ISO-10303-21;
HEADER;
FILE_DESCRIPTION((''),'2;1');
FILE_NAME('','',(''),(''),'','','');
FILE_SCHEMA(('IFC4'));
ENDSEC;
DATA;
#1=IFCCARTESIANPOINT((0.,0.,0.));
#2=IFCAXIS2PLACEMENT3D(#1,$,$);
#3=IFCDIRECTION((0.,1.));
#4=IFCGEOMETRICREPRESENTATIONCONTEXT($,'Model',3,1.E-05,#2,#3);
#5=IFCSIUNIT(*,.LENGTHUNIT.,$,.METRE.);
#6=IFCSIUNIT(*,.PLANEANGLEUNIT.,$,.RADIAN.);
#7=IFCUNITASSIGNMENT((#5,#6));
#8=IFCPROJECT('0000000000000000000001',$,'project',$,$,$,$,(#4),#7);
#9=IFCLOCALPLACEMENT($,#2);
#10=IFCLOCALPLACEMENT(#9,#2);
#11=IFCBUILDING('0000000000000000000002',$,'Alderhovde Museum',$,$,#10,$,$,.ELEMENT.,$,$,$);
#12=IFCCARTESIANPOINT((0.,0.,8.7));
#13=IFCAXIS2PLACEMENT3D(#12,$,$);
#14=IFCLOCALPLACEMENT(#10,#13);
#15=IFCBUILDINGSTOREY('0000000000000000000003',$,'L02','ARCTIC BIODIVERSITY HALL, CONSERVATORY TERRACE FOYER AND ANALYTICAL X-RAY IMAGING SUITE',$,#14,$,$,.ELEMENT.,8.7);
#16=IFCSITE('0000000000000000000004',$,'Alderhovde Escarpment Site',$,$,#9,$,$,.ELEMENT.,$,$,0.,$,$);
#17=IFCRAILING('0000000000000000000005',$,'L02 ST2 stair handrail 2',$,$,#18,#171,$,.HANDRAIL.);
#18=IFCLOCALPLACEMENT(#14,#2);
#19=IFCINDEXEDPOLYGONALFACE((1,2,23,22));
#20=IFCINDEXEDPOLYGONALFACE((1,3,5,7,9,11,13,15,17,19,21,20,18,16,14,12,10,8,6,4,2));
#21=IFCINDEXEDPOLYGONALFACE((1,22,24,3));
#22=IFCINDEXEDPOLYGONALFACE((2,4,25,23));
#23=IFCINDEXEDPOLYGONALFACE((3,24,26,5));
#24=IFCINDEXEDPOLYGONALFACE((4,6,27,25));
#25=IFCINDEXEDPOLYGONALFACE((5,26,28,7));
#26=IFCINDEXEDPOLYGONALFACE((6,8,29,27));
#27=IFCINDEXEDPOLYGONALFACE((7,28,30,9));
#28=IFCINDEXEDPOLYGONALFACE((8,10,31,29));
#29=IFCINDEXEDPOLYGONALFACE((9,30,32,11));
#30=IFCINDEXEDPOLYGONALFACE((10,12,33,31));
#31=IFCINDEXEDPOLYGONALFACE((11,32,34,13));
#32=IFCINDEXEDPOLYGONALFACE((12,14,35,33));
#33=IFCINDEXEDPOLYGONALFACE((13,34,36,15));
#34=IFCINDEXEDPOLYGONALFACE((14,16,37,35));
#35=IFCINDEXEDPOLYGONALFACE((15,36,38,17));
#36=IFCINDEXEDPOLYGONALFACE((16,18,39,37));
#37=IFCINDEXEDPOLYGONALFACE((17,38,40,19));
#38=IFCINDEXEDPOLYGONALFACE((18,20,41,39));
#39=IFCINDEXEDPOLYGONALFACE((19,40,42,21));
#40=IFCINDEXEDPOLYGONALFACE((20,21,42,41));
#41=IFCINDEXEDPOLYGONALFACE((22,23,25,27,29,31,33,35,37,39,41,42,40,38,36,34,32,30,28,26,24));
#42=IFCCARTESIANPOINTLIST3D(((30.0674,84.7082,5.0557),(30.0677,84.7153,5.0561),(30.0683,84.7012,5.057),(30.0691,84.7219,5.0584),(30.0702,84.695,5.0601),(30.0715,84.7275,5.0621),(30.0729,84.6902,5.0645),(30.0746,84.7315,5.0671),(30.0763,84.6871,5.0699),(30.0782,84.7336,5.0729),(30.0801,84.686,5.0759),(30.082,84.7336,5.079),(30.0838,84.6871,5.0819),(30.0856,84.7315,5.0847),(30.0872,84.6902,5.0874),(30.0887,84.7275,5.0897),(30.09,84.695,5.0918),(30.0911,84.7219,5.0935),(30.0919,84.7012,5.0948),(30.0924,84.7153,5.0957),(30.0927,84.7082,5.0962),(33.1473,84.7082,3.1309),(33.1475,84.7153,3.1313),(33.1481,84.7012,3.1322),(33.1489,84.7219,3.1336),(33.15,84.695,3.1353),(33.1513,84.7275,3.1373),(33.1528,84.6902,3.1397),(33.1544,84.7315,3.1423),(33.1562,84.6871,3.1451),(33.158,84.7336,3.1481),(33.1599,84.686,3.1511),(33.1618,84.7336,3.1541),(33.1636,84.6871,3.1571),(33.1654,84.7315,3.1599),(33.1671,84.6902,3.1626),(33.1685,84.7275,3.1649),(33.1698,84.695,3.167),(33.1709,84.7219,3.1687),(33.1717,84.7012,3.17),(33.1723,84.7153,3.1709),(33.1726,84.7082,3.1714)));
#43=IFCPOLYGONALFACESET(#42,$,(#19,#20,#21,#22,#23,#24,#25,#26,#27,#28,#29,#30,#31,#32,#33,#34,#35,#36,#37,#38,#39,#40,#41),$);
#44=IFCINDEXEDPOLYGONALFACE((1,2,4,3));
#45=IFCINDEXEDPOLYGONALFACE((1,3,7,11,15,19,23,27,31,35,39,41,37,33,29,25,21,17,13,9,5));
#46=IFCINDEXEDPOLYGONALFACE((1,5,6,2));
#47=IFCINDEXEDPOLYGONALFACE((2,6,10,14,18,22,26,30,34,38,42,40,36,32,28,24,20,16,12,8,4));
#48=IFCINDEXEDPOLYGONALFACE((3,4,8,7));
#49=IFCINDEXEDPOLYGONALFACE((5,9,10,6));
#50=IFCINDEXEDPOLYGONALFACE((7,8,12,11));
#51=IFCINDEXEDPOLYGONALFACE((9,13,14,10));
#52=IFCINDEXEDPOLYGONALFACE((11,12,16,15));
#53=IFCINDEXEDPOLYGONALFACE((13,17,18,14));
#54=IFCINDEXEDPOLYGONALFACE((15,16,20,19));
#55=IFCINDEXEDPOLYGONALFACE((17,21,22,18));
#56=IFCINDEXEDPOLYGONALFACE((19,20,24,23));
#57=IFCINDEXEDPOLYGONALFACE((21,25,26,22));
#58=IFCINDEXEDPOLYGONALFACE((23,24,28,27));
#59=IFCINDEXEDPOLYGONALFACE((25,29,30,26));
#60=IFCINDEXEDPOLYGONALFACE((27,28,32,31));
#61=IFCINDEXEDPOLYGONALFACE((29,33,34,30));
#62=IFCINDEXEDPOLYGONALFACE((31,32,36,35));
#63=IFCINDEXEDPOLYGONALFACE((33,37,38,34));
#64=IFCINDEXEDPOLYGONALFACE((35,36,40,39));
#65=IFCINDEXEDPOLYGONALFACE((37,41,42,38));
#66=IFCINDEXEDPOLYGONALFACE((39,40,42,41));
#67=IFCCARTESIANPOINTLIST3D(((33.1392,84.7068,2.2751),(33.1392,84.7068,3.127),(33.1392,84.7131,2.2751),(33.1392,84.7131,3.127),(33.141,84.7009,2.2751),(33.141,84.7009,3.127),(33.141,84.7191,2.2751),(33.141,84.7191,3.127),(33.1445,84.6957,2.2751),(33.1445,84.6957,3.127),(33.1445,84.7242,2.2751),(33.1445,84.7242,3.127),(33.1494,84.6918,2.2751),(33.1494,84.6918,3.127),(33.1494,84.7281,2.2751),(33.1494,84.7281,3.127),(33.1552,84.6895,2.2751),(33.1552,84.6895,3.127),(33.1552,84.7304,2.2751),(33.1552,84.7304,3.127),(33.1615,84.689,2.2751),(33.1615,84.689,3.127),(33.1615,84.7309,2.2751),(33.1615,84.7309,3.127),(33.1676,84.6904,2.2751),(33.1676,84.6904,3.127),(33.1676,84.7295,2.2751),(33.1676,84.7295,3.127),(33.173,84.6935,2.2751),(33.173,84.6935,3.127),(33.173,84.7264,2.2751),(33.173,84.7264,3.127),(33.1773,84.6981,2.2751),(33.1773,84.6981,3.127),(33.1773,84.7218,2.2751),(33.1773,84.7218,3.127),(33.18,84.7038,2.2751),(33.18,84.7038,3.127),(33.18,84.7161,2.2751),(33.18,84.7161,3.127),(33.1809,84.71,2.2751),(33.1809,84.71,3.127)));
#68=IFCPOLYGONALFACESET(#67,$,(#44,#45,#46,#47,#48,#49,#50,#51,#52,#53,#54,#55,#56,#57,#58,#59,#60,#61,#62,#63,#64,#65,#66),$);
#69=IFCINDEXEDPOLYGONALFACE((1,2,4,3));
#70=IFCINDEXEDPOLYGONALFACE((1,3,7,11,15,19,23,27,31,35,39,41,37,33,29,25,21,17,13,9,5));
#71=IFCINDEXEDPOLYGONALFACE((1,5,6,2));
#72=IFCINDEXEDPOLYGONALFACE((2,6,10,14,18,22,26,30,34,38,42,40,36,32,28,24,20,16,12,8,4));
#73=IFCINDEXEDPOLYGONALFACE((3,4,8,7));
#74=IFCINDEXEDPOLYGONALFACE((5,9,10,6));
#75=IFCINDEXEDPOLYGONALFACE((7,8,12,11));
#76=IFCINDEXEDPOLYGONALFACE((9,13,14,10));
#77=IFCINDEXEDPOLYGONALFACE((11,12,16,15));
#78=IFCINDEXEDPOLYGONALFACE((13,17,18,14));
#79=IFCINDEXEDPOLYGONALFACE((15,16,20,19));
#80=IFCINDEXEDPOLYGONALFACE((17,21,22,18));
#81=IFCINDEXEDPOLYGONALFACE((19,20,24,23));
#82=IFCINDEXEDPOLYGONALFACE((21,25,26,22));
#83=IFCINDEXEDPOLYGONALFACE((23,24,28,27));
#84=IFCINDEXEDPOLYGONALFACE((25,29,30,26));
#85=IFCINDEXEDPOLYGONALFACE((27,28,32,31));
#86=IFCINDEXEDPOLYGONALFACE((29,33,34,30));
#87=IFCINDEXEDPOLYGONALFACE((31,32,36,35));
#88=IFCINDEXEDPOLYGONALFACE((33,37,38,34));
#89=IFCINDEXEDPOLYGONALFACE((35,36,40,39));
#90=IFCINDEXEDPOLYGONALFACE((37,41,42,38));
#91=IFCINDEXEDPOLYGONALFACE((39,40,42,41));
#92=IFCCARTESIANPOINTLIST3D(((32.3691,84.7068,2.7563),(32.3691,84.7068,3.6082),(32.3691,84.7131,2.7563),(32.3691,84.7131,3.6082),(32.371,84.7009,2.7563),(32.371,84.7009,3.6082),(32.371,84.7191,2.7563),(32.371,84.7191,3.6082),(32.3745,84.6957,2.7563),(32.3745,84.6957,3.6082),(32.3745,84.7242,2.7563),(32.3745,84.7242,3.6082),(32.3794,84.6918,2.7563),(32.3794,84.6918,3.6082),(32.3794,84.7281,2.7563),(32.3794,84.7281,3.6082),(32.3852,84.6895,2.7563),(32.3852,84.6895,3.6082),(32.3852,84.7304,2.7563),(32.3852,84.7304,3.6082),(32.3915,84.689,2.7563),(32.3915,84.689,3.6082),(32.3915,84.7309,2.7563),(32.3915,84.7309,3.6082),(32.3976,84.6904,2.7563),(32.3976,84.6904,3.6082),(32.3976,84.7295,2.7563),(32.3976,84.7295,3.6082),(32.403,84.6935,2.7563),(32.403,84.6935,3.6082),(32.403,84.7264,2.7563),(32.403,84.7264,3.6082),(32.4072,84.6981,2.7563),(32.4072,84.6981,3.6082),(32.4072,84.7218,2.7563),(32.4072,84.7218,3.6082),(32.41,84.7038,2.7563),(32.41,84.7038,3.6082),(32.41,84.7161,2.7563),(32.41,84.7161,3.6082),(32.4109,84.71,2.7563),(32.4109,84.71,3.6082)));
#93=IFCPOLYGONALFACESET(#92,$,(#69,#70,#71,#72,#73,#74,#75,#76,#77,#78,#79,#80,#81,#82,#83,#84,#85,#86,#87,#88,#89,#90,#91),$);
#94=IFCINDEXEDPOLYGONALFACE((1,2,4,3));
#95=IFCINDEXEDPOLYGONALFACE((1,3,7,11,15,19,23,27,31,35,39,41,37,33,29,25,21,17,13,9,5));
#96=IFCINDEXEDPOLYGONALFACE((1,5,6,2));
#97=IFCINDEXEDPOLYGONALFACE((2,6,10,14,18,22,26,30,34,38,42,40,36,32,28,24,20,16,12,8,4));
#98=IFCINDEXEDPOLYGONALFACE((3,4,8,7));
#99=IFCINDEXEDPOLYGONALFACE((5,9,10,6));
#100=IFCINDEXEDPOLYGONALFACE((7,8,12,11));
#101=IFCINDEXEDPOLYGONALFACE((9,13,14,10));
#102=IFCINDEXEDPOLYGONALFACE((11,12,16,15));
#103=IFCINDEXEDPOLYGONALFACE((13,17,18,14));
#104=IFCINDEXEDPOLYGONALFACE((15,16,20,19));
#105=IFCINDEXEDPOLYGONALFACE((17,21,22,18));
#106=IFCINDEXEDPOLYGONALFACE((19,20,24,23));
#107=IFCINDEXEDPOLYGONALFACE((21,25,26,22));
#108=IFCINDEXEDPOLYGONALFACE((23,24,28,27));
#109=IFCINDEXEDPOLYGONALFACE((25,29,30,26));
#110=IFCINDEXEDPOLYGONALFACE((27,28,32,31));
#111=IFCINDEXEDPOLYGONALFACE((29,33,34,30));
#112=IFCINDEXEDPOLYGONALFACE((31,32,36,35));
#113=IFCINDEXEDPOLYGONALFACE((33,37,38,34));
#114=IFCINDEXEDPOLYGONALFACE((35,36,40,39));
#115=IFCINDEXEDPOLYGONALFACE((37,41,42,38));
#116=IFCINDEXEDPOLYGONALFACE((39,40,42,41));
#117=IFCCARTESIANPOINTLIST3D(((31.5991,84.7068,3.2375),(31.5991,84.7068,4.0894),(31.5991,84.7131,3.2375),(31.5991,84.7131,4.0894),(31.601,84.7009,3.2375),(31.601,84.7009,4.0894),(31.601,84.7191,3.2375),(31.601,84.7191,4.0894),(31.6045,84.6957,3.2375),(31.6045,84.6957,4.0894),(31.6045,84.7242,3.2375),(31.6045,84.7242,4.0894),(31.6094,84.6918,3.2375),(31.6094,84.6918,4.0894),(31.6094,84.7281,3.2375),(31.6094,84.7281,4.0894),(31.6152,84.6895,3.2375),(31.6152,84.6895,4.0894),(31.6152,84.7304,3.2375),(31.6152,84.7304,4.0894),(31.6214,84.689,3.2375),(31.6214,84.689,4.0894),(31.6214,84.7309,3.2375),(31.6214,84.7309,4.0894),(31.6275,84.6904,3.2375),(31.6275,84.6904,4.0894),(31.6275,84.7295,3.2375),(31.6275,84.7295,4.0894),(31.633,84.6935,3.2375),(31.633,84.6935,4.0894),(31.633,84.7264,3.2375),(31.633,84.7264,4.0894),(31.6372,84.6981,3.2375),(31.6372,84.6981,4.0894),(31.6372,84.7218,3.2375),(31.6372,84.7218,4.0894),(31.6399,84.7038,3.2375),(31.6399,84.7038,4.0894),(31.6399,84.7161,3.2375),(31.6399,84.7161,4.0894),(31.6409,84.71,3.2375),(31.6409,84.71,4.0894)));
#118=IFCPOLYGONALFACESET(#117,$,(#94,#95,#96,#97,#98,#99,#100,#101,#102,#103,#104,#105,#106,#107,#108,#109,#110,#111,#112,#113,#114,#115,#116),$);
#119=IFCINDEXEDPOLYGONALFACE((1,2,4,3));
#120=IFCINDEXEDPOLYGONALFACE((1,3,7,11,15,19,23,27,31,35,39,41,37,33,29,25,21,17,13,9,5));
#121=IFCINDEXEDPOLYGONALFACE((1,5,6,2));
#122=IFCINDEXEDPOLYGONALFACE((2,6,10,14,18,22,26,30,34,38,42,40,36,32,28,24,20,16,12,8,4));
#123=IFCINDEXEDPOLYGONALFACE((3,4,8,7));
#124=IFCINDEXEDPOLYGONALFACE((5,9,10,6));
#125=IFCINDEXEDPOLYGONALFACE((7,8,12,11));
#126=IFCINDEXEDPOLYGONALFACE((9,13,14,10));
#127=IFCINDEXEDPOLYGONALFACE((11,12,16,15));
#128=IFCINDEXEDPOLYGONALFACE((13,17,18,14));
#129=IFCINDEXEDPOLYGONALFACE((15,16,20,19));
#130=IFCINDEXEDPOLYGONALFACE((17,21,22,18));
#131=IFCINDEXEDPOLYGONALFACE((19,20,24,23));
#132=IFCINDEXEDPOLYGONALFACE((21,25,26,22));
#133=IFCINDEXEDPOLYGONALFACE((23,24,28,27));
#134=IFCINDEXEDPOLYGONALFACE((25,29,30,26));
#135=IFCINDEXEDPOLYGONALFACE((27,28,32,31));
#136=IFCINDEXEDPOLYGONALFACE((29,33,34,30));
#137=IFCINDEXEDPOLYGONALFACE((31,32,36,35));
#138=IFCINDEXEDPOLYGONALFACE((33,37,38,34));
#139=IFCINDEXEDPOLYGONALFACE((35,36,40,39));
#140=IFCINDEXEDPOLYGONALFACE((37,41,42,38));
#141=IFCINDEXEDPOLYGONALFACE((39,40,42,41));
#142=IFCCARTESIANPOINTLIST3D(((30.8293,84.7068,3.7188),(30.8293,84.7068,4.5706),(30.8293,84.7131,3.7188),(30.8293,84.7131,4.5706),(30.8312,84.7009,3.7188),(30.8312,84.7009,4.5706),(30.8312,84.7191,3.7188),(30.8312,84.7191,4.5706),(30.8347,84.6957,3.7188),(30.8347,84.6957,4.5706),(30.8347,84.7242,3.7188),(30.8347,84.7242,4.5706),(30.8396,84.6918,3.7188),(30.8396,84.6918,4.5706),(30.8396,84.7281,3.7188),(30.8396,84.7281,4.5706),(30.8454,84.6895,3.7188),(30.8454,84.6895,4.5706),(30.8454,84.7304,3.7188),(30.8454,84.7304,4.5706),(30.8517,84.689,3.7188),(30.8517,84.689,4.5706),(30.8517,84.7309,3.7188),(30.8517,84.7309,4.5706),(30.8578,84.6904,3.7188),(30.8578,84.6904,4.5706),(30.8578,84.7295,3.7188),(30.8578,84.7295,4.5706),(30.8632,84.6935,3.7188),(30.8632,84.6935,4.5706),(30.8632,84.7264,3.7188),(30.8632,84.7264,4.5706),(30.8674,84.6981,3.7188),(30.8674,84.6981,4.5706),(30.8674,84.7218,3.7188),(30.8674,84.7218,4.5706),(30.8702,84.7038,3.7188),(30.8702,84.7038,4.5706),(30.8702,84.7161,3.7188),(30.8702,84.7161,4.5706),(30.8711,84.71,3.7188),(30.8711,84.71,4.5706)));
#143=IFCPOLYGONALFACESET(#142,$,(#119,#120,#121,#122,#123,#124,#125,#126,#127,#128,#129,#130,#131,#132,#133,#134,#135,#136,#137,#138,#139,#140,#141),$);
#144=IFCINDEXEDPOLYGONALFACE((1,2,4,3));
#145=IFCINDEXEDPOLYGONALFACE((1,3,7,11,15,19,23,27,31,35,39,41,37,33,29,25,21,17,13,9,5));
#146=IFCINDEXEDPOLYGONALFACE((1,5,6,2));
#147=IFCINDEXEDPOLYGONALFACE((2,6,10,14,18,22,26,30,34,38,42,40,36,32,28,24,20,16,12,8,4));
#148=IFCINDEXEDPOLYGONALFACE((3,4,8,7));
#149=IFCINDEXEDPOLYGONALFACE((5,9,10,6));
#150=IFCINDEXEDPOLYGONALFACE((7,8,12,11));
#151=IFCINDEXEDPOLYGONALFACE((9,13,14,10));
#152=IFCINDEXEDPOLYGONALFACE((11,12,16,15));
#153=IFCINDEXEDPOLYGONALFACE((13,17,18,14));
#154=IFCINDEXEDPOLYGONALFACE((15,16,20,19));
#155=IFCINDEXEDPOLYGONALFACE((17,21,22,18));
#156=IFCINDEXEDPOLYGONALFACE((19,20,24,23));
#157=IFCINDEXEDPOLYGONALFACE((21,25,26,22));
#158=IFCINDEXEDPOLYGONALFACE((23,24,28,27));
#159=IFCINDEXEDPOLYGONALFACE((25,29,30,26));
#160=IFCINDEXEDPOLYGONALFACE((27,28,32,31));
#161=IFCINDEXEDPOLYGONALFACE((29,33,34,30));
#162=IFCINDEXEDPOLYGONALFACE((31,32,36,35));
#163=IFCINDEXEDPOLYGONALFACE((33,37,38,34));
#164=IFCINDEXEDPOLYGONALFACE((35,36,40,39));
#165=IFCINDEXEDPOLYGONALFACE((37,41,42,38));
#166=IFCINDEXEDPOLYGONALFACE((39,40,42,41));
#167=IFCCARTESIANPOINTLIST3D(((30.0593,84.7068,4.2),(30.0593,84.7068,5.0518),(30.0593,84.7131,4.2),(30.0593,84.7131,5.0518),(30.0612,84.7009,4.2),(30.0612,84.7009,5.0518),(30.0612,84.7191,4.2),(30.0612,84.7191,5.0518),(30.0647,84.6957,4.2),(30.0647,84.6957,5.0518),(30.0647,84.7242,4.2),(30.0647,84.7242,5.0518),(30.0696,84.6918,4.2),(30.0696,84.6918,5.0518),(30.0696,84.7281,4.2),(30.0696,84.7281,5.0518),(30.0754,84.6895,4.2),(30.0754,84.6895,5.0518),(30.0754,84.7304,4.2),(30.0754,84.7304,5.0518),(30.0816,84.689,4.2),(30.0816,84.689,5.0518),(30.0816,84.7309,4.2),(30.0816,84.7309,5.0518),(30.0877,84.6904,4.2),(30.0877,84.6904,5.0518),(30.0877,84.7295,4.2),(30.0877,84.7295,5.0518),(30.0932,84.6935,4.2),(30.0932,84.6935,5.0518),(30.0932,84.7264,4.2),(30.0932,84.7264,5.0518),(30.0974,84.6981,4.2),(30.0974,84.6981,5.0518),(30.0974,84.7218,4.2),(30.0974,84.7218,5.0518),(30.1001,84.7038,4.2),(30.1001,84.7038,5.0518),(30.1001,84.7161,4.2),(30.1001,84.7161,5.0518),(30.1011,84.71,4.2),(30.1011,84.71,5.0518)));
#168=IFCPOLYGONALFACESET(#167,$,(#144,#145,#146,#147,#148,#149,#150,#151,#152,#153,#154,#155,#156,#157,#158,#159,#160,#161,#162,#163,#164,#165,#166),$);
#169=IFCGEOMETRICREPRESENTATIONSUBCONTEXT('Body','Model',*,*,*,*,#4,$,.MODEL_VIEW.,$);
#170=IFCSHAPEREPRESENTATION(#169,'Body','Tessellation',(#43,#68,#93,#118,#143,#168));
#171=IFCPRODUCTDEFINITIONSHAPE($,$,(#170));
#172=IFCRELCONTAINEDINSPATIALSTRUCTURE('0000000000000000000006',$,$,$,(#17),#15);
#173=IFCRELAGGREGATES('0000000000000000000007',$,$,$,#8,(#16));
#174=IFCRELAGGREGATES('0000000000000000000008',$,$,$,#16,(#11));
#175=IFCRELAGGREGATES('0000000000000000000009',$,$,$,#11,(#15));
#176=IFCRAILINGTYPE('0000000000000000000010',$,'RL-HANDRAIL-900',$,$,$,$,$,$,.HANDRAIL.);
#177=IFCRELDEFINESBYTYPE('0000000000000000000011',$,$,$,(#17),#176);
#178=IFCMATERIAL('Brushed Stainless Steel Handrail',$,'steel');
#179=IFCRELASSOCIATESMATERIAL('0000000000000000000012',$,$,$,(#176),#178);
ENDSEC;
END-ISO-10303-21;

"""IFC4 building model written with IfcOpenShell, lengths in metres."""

from ifc_helpers import new_model, si_unit, direction, frame, origin, origin_2d, place, context, subcontext, project, spatial, circle, extrude, material, type_object, element, save


model = new_model("IFC4")

# Units and contexts
model_context = context("Model", 3, precision=1e-05, world=origin(), true_north=direction((0.0, 1.0)))
body_context = subcontext(model_context, "Body", "Model", "MODEL_VIEW")
ifc_project = project(units=[si_unit("LENGTHUNIT", "METRE"), si_unit("PLANEANGLEUNIT", "RADIAN")], contexts=[model_context])

# Site, building, storey
site_placement = place(None, origin())
site = spatial("IfcSite", under=ifc_project, at=site_placement, Name="Alderhovde Escarpment Site", CompositionType="ELEMENT", RefElevation=0.0)
building_placement = place(site_placement, origin())
building = spatial("IfcBuilding", under=site, at=building_placement, Name="Alderhovde Museum", CompositionType="ELEMENT")
storey_placement = place(building_placement, frame((0.0, 0.0, 8.7)))
storey = spatial("IfcBuildingStorey", under=building, at=storey_placement, Name="L02", Description="ARCTIC BIODIVERSITY HALL, CONSERVATORY TERRACE FOYER AND ANALYTICAL X-RAY IMAGING SUITE", CompositionType="ELEMENT", Elevation=8.7)

# Railing
ifc_material_1 = material(Name="Brushed Stainless Steel Handrail", Category="steel")
railing_type_1 = type_object("IfcRailingType", Name="RL-HANDRAIL-900", PredefinedType="HANDRAIL", material=ifc_material_1)
railing_1_placement = place(storey_placement, frame((33.1599, 84.71, 2.2751)))
element("IfcRailing", 1, at=railing_1_placement, inside=storey, type_object=railing_type_1, Name="L02 ST2 stair handrail 2", PredefinedType="HANDRAIL", context=body_context, shape_type="SweptSolid", body=[
    extrude(circle(Radius=0.0239, at=origin_2d()), frame((0.0, 0.0, 0.876), z_axis=(-0.84801, 0.0, 0.529981), x_axis=(0.0, -1.0, 0.0)), (0.0, 0.0, 1.0), 3.6318),
    extrude(circle(Radius=0.021, at=origin_2d()), origin(), (0.0, 0.0, 1.0), 0.8518),
    extrude(circle(Radius=0.021, at=origin_2d()), frame((-0.77, 0.0, 0.4812)), (0.0, 0.0, 1.0), 0.8518),
    extrude(circle(Radius=0.021, at=origin_2d()), frame((-1.54, 0.0, 0.9624)), (0.0, 0.0, 1.0), 0.8518),
    extrude(circle(Radius=0.021, at=origin_2d()), frame((-2.3098, 0.0, 1.4436)), (0.0, 0.0, 1.0), 0.8518),
    extrude(circle(Radius=0.021, at=origin_2d()), frame((-3.0798, 0.0, 1.9248)), (0.0, 0.0, 1.0), 0.8518),
])

save(model, "model.ifc")
